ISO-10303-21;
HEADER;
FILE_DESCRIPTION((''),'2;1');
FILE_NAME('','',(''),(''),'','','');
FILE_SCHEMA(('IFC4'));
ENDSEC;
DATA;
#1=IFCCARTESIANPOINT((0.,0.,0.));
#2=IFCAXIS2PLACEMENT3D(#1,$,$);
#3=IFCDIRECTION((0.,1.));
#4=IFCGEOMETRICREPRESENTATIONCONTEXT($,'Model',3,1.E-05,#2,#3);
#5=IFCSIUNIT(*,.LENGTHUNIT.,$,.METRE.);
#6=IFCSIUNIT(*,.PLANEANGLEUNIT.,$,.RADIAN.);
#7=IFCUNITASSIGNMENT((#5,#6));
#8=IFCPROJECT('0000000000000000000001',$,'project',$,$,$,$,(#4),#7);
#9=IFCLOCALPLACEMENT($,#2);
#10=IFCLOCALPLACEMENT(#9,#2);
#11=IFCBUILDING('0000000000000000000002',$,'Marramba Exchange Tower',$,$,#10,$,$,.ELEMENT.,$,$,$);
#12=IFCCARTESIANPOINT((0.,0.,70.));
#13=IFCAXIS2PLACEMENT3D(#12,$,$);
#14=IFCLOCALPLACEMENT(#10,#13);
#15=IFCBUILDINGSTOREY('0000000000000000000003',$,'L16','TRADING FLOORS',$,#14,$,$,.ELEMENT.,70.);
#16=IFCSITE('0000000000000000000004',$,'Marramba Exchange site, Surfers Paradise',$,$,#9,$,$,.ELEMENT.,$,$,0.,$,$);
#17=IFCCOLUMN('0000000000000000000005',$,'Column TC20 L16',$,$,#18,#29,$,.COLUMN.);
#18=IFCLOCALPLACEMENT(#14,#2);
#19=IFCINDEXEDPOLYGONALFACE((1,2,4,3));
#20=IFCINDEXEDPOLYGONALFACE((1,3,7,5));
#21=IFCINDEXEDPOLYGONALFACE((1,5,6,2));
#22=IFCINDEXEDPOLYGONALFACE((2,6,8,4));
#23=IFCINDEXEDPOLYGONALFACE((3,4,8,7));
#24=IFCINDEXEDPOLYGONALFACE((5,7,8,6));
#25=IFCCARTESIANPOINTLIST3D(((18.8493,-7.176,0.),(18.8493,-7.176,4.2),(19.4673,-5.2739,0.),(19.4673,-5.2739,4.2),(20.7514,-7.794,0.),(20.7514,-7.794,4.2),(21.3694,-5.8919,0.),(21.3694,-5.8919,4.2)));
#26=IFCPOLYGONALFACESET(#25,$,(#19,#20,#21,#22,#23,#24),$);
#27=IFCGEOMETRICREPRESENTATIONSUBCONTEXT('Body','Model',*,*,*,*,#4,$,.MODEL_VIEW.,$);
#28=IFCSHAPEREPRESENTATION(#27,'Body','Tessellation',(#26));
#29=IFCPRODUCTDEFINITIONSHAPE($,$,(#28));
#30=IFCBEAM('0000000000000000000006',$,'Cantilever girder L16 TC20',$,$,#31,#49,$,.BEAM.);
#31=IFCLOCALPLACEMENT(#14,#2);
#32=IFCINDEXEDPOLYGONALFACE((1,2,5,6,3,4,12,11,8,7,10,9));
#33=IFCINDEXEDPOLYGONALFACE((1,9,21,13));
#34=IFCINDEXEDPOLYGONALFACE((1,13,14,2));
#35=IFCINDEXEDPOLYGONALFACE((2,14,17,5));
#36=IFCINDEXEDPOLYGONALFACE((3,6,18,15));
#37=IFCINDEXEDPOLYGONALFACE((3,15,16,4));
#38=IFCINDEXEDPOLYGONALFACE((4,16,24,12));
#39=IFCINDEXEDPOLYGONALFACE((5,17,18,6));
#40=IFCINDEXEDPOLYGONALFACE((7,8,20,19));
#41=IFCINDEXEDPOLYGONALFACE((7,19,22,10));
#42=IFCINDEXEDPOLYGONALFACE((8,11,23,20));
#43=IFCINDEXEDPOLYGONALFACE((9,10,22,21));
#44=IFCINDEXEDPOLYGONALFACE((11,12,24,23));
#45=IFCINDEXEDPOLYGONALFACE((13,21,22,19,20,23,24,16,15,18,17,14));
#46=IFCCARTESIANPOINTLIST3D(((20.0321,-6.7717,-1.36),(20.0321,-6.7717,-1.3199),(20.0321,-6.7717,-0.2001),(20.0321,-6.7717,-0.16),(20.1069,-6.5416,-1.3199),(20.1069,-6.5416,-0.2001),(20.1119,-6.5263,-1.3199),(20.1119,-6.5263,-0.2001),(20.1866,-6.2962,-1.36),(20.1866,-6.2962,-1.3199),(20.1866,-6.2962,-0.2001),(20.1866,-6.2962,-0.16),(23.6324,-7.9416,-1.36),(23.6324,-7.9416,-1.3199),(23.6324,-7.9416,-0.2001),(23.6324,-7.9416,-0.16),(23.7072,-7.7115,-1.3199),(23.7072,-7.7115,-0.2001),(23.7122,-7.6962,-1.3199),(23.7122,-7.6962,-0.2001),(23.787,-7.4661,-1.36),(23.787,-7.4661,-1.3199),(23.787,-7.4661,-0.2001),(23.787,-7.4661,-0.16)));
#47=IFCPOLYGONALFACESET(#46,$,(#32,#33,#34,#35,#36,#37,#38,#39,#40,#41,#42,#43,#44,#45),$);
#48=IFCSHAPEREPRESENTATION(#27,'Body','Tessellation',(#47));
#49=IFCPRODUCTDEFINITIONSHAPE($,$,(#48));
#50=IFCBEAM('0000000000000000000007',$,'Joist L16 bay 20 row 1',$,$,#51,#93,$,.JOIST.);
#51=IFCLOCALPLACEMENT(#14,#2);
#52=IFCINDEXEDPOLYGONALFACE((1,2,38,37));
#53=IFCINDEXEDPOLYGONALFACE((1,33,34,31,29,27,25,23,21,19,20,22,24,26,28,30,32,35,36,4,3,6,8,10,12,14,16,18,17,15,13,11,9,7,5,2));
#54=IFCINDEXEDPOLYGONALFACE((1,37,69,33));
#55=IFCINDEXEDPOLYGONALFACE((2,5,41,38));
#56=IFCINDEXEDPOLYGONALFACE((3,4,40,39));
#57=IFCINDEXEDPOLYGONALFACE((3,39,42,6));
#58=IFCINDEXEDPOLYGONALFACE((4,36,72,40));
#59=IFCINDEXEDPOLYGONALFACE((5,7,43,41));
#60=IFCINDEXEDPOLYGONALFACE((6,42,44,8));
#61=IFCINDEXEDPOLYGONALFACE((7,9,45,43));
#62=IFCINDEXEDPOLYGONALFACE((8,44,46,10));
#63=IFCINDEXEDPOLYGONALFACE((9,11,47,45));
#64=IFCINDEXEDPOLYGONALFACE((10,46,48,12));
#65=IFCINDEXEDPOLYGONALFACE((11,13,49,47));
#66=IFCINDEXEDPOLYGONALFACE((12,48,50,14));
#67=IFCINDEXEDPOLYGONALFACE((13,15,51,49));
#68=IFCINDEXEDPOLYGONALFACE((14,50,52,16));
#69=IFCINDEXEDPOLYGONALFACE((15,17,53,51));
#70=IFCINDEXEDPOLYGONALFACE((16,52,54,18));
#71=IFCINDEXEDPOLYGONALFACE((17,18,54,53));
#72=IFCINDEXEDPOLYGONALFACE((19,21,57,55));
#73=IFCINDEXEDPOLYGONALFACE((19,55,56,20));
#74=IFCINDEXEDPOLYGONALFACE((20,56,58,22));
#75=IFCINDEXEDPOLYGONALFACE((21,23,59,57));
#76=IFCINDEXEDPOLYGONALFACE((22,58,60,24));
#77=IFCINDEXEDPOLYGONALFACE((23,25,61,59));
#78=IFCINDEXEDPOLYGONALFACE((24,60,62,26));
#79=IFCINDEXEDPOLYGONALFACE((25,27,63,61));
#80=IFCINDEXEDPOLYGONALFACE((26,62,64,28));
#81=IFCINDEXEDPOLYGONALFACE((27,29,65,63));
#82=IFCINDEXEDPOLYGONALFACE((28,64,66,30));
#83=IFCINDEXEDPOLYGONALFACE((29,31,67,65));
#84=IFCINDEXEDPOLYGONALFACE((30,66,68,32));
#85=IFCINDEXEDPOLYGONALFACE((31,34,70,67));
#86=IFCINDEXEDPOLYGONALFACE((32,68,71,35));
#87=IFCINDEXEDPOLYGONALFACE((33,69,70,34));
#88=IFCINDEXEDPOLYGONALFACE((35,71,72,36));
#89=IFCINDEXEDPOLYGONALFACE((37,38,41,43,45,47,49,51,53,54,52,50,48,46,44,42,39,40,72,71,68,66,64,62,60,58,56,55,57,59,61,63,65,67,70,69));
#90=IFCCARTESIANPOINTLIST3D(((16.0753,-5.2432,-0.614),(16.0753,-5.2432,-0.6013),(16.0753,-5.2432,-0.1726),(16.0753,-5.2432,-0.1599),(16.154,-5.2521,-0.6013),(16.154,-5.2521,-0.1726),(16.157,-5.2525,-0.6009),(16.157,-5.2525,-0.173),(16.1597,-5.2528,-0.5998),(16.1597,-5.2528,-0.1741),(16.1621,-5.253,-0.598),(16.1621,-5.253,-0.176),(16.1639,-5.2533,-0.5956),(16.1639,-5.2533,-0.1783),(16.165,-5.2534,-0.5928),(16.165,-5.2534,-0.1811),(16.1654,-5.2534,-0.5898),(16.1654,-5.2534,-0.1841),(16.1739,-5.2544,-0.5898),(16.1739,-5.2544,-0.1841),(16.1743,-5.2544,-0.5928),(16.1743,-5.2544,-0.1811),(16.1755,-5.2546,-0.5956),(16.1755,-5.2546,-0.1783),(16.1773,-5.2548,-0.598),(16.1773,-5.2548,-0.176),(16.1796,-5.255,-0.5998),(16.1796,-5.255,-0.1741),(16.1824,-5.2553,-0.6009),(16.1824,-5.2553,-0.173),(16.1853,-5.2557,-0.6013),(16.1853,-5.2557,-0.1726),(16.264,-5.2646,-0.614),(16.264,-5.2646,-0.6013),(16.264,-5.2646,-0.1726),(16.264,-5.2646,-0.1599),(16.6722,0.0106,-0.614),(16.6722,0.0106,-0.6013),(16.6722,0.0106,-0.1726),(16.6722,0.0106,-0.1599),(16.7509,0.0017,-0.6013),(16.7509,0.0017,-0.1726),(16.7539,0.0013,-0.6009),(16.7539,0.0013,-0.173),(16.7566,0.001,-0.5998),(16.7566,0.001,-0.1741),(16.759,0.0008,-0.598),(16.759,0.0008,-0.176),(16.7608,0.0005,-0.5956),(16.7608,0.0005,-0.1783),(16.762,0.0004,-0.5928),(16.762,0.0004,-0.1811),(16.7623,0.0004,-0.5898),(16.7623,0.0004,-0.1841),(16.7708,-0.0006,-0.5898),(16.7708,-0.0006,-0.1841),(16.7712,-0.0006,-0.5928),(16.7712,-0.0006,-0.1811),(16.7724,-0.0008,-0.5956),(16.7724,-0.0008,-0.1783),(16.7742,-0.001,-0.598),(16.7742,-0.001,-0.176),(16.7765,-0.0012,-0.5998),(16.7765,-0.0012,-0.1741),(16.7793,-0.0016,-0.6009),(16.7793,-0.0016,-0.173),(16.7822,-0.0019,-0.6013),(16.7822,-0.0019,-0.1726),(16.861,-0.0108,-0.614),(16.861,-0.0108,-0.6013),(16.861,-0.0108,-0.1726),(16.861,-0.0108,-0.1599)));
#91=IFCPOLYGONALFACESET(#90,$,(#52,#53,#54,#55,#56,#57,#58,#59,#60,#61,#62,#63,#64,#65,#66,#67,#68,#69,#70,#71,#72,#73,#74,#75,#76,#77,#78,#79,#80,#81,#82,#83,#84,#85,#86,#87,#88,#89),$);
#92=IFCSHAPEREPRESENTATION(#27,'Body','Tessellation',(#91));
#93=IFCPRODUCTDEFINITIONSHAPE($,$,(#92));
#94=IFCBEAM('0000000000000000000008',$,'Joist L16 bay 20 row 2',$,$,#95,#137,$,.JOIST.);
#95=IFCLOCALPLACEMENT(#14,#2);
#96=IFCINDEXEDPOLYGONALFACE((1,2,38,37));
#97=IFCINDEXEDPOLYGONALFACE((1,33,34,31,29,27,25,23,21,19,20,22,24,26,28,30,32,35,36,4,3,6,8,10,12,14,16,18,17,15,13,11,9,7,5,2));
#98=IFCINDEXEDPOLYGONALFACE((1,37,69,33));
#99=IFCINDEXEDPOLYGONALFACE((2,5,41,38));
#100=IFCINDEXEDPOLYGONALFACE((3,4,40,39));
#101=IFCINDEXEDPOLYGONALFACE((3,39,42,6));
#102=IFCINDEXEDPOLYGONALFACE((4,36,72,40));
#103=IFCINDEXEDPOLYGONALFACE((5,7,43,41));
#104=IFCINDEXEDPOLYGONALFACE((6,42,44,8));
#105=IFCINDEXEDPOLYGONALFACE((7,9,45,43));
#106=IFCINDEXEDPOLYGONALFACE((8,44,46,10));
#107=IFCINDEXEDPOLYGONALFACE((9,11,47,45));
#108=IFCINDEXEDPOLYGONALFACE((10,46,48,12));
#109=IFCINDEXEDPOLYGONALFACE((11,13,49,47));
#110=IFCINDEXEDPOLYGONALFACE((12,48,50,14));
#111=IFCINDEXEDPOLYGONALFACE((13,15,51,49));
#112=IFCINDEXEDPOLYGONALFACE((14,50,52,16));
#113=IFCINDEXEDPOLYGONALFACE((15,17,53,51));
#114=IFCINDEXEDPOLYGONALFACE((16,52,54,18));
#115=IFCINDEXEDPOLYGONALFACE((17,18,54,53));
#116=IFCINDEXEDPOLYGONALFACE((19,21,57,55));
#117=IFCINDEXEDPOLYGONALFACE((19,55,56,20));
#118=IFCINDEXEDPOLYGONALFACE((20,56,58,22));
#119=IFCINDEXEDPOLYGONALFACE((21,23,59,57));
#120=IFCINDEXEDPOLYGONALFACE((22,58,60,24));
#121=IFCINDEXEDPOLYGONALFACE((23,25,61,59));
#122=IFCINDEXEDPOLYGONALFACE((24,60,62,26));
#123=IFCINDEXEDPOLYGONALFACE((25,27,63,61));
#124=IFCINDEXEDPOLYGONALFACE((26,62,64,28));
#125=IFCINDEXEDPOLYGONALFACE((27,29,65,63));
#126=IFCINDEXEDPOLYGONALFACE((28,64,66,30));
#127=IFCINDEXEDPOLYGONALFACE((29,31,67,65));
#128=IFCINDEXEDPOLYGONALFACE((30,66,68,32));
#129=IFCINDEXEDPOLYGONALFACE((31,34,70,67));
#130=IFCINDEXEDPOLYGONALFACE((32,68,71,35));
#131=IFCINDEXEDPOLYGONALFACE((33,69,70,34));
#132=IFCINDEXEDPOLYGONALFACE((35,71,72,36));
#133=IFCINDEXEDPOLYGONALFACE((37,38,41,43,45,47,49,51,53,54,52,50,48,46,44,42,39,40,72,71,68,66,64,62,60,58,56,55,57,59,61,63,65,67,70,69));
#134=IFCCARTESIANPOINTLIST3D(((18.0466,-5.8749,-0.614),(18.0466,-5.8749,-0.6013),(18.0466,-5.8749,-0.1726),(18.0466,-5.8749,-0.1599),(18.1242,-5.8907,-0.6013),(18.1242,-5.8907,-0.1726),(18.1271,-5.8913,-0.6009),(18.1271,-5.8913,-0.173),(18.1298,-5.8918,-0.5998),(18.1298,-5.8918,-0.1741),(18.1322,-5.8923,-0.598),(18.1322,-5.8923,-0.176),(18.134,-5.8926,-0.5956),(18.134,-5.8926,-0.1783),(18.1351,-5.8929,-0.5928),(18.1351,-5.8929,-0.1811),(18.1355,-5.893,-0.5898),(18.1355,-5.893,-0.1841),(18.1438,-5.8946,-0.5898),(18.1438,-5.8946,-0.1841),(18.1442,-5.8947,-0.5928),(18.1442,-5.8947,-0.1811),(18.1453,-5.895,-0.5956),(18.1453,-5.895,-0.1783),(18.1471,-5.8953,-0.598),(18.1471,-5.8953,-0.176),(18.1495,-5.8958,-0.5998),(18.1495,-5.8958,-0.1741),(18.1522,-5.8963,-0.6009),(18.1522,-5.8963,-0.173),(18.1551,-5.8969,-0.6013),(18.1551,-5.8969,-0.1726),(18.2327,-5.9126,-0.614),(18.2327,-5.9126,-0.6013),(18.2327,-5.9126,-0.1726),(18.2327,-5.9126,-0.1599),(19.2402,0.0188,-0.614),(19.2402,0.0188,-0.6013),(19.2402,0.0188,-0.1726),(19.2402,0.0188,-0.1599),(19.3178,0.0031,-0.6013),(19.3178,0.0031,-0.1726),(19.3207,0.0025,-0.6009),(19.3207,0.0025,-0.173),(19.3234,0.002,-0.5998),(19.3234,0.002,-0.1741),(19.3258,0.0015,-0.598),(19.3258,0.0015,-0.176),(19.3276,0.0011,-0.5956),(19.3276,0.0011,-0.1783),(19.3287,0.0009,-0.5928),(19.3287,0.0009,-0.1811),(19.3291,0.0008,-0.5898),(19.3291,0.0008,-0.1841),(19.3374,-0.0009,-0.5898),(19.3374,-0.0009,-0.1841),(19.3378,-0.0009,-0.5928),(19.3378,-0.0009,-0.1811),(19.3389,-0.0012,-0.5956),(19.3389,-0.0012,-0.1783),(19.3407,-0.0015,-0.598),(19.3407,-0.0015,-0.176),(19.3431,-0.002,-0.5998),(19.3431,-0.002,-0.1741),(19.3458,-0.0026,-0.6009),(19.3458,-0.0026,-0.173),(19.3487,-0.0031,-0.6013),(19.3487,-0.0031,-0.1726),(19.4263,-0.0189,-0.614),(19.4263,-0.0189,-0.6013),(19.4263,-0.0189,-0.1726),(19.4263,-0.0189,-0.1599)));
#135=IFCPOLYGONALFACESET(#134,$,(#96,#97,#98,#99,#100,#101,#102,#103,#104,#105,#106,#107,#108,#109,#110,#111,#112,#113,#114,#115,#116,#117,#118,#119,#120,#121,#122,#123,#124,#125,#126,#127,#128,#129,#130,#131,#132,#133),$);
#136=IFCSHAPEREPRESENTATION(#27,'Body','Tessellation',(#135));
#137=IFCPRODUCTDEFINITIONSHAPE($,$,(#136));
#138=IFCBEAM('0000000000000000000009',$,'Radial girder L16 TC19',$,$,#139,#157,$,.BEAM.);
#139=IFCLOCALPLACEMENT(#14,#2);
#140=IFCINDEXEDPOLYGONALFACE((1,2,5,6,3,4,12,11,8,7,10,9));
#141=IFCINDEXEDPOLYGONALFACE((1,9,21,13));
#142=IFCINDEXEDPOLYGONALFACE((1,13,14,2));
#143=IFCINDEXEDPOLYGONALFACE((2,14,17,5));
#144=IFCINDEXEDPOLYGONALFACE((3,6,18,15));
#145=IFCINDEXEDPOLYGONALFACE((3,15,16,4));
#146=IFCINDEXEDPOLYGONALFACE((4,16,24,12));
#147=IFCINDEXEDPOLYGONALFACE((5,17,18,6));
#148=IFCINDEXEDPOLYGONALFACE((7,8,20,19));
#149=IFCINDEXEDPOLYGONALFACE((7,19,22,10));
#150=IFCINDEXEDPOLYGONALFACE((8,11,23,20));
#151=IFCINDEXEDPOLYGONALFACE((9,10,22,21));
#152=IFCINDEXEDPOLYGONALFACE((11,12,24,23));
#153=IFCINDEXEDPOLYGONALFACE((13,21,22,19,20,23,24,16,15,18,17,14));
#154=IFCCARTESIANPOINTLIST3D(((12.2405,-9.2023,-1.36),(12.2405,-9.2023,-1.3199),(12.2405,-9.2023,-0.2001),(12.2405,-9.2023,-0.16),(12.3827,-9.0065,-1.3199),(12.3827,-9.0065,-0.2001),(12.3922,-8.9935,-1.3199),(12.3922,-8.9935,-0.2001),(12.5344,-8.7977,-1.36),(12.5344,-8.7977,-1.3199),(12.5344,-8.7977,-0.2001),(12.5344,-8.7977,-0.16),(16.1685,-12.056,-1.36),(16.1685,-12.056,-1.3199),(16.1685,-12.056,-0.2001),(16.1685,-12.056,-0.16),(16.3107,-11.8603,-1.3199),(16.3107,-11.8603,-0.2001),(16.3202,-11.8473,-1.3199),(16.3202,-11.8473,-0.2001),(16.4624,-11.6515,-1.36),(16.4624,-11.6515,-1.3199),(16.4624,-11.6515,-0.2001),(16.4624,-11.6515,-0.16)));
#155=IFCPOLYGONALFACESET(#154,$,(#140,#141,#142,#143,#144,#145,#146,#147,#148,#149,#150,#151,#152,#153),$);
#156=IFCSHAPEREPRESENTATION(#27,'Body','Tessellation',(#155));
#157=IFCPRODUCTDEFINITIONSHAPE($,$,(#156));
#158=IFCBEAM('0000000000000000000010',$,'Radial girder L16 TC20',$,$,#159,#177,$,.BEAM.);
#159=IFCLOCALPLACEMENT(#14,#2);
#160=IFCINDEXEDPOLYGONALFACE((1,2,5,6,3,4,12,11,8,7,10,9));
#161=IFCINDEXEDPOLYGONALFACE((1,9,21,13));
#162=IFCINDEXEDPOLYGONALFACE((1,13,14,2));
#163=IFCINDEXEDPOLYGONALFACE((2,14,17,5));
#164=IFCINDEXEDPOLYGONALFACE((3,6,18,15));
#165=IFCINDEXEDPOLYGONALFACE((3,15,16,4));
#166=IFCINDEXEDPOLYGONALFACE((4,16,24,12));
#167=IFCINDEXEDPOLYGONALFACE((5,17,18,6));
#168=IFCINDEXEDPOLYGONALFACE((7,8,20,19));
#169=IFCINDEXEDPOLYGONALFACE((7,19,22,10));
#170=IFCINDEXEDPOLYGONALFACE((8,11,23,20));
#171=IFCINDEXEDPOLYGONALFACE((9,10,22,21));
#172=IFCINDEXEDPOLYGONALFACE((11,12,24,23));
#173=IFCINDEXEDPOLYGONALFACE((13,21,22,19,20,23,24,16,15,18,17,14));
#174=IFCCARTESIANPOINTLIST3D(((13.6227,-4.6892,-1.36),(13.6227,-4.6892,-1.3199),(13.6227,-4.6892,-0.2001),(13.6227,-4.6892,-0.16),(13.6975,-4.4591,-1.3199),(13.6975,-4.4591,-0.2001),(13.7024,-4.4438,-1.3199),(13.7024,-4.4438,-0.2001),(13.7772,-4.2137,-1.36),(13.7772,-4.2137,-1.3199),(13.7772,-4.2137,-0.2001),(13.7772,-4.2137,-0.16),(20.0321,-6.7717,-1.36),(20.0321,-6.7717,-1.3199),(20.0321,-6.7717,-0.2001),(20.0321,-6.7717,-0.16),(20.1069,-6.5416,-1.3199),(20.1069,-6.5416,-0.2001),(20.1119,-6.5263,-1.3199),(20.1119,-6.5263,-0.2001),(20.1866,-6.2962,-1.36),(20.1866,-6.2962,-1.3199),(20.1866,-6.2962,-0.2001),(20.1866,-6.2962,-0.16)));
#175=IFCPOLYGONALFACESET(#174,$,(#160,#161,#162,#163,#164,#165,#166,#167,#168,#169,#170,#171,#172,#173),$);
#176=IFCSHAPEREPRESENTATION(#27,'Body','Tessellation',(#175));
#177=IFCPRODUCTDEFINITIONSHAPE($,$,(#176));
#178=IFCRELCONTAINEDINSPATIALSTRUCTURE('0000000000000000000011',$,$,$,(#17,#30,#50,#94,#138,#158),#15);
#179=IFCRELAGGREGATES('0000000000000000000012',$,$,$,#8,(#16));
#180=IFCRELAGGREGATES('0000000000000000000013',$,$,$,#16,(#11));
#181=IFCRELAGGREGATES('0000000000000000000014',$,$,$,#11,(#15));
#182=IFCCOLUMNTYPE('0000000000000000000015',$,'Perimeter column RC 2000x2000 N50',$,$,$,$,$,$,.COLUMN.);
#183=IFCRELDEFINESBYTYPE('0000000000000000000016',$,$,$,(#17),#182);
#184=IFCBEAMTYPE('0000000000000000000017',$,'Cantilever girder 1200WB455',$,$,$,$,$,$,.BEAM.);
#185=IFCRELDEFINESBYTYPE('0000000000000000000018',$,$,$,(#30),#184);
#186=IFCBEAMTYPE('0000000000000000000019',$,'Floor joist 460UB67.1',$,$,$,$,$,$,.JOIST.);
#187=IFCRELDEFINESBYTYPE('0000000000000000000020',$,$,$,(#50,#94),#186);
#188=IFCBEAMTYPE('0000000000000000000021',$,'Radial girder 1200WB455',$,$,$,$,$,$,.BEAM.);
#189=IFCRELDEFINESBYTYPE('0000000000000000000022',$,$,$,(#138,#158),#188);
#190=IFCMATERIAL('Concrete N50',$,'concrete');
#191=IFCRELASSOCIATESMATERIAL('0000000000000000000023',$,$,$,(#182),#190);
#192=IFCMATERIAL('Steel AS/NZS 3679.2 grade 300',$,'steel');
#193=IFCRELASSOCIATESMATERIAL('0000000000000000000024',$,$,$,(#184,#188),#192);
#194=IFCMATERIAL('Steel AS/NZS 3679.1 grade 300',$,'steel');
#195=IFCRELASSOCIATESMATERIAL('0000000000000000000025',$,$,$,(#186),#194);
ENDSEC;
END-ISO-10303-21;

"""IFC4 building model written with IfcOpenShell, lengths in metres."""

from ifc_helpers import new_model, si_unit, direction, frame, origin, origin_2d, place, context, subcontext, project, spatial, rectangle, i_section, extrude, material, material_profile, profile_set, type_object, element, save


model = new_model("IFC4")

# Units and contexts
model_context = context("Model", 3, precision=1e-05, world=origin(), true_north=direction((0.0, 1.0)))
body_context = subcontext(model_context, "Body", "Model", "MODEL_VIEW")
ifc_project = project(units=[si_unit("LENGTHUNIT", "METRE"), si_unit("PLANEANGLEUNIT", "RADIAN")], contexts=[model_context])

# Site, building, storey
site_placement = place(None, origin())
site = spatial("IfcSite", under=ifc_project, at=site_placement, Name="Marramba Exchange site, Surfers Paradise", CompositionType="ELEMENT", RefElevation=0.0)
building_placement = place(site_placement, origin())
building = spatial("IfcBuilding", under=site, at=building_placement, Name="Marramba Exchange Tower", CompositionType="ELEMENT")
storey_placement = place(building_placement, frame((0.0, 0.0, 70.0)))
storey = spatial("IfcBuildingStorey", under=building, at=storey_placement, Name="L16", Description="TRADING FLOORS", CompositionType="ELEMENT", Elevation=70.0)

# Column
ifc_material_1 = material(Name="Concrete N50", Category="concrete")
ifc_material_profile_1 = material_profile(ifc_material_1, rectangle(XDim=2.0, YDim=2.0, at=origin_2d()), Name="RC 2000x2000")
ifc_profile_set_1 = profile_set([ifc_material_profile_1], Name="Concrete N50")
column_type = type_object("IfcColumnType", Name="Perimeter column RC 2000x2000 N50", PredefinedType="COLUMN", material=ifc_profile_set_1)
column_placement = place(storey_placement, frame((20.1094, -6.5339, 0.0), z_axis=(0.0, 0.0, 1.0), x_axis=(0.951057, -0.309017, 0.0)))
element("IfcColumn", 1, at=column_placement, inside=storey, type_object=column_type, Name="Column TC20 L16", PredefinedType="COLUMN", context=body_context, shape_type="SweptSolid", body=[
    extrude(rectangle(XDim=2.0, YDim=2.0, at=origin_2d()), origin(), (0.0, 0.0, 1.0), 4.2),
])

# Beams
ifc_material_2 = material(Name="Steel AS/NZS 3679.2 grade 300", Category="steel")
ifc_material_profile_2 = material_profile(ifc_material_2, i_section(OverallWidth=0.5, OverallDepth=1.2, WebThickness=0.0161, FlangeThickness=0.04, at=origin_2d()), Name="1200WB455")
ifc_profile_set_2 = profile_set([ifc_material_profile_2], Name="Steel AS/NZS 3679.2 grade 300")
beam_type_1 = type_object("IfcBeamType", Name="Cantilever girder 1200WB455", PredefinedType="BEAM", material=ifc_profile_set_2)
beam_1_placement = place(storey_placement, frame((20.1094, -6.5339, -0.76), z_axis=(0.951049, -0.309041, 0.0), x_axis=(0.309041, 0.951049, 0.0)))
element("IfcBeam", 2, at=beam_1_placement, inside=storey, type_object=beam_type_1, Name="Cantilever girder L16 TC20", PredefinedType="BEAM", context=body_context, shape_type="SweptSolid", body=[
    extrude(i_section(OverallWidth=0.5, OverallDepth=1.2, WebThickness=0.0161, FlangeThickness=0.04, at=origin_2d()), origin(), (0.0, 0.0, 1.0), 3.7856),
])
ifc_material_3 = material(Name="Steel AS/NZS 3679.1 grade 300", Category="steel")
ifc_material_profile_3 = material_profile(ifc_material_3, i_section(OverallWidth=0.1899, OverallDepth=0.4541, WebThickness=0.0085, FlangeThickness=0.0127, FilletRadius=0.0115, at=origin_2d()), Name="460UB67.1")
ifc_profile_set_3 = profile_set([ifc_material_profile_3], Name="Steel AS/NZS 3679.1 grade 300")
beam_type_2 = type_object("IfcBeamType", Name="Floor joist 460UB67.1", PredefinedType="JOIST", material=ifc_profile_set_3)
beam_2_placement = place(storey_placement, frame((16.1697, -5.2539, -0.387), z_axis=(0.112889, 0.993608, 0.0), x_axis=(-0.993608, 0.112889, 0.0)))
element("IfcBeam", 3, at=beam_2_placement, inside=storey, type_object=beam_type_2, Name="Joist L16 bay 20 row 1", PredefinedType="JOIST", context=body_context, shape_type="SweptSolid", body=[
    extrude(i_section(OverallWidth=0.1899, OverallDepth=0.4541, WebThickness=0.0085, FlangeThickness=0.0127, FilletRadius=0.0115, at=origin_2d()), origin(), (0.0, 0.0, 1.0), 5.2876),
])
beam_3_placement = place(storey_placement, frame((18.1396, -5.8938, -0.387), z_axis=(0.198489, 0.980103, 0.0), x_axis=(-0.980103, 0.198489, 0.0)))
element("IfcBeam", 4, at=beam_3_placement, inside=storey, type_object=beam_type_2, Name="Joist L16 bay 20 row 2", PredefinedType="JOIST", context=body_context, shape_type="SweptSolid", body=[
    extrude(i_section(OverallWidth=0.1899, OverallDepth=0.4541, WebThickness=0.0085, FlangeThickness=0.0127, FilletRadius=0.0115, at=origin_2d()), origin(), (0.0, 0.0, 1.0), 6.0134),
])
ifc_material_profile_4 = material_profile(ifc_material_2, i_section(OverallWidth=0.5, OverallDepth=1.2, WebThickness=0.0161, FlangeThickness=0.04, at=origin_2d()), Name="1200WB455")
ifc_profile_set_4 = profile_set([ifc_material_profile_4], Name="Steel AS/NZS 3679.2 grade 300")
beam_type_3 = type_object("IfcBeamType", Name="Radial girder 1200WB455", PredefinedType="BEAM", material=ifc_profile_set_4)
beam_4_placement = place(storey_placement, frame((12.3875, -9.0, -0.76), z_axis=(0.809025, -0.587774, 0.0), x_axis=(0.587774, 0.809025, 0.0)))
element("IfcBeam", 5, at=beam_4_placement, inside=storey, type_object=beam_type_3, Name="Radial girder L16 TC19", PredefinedType="BEAM", context=body_context, shape_type="SweptSolid", body=[
    extrude(i_section(OverallWidth=0.5, OverallDepth=1.2, WebThickness=0.0161, FlangeThickness=0.04, at=origin_2d()), origin(), (0.0, 0.0, 1.0), 4.8552),
])
beam_5_placement = place(storey_placement, frame((13.7, -4.4514, -0.76), z_axis=(0.951058, -0.309013, 0.0), x_axis=(0.309013, 0.951058, 0.0)))
element("IfcBeam", 6, at=beam_5_placement, inside=storey, type_object=beam_type_3, Name="Radial girder L16 TC20", PredefinedType="BEAM", context=body_context, shape_type="SweptSolid", body=[
    extrude(i_section(OverallWidth=0.5, OverallDepth=1.2, WebThickness=0.0161, FlangeThickness=0.04, at=origin_2d()), origin(), (0.0, 0.0, 1.0), 6.7393),
])

save(model, "model.ifc")
